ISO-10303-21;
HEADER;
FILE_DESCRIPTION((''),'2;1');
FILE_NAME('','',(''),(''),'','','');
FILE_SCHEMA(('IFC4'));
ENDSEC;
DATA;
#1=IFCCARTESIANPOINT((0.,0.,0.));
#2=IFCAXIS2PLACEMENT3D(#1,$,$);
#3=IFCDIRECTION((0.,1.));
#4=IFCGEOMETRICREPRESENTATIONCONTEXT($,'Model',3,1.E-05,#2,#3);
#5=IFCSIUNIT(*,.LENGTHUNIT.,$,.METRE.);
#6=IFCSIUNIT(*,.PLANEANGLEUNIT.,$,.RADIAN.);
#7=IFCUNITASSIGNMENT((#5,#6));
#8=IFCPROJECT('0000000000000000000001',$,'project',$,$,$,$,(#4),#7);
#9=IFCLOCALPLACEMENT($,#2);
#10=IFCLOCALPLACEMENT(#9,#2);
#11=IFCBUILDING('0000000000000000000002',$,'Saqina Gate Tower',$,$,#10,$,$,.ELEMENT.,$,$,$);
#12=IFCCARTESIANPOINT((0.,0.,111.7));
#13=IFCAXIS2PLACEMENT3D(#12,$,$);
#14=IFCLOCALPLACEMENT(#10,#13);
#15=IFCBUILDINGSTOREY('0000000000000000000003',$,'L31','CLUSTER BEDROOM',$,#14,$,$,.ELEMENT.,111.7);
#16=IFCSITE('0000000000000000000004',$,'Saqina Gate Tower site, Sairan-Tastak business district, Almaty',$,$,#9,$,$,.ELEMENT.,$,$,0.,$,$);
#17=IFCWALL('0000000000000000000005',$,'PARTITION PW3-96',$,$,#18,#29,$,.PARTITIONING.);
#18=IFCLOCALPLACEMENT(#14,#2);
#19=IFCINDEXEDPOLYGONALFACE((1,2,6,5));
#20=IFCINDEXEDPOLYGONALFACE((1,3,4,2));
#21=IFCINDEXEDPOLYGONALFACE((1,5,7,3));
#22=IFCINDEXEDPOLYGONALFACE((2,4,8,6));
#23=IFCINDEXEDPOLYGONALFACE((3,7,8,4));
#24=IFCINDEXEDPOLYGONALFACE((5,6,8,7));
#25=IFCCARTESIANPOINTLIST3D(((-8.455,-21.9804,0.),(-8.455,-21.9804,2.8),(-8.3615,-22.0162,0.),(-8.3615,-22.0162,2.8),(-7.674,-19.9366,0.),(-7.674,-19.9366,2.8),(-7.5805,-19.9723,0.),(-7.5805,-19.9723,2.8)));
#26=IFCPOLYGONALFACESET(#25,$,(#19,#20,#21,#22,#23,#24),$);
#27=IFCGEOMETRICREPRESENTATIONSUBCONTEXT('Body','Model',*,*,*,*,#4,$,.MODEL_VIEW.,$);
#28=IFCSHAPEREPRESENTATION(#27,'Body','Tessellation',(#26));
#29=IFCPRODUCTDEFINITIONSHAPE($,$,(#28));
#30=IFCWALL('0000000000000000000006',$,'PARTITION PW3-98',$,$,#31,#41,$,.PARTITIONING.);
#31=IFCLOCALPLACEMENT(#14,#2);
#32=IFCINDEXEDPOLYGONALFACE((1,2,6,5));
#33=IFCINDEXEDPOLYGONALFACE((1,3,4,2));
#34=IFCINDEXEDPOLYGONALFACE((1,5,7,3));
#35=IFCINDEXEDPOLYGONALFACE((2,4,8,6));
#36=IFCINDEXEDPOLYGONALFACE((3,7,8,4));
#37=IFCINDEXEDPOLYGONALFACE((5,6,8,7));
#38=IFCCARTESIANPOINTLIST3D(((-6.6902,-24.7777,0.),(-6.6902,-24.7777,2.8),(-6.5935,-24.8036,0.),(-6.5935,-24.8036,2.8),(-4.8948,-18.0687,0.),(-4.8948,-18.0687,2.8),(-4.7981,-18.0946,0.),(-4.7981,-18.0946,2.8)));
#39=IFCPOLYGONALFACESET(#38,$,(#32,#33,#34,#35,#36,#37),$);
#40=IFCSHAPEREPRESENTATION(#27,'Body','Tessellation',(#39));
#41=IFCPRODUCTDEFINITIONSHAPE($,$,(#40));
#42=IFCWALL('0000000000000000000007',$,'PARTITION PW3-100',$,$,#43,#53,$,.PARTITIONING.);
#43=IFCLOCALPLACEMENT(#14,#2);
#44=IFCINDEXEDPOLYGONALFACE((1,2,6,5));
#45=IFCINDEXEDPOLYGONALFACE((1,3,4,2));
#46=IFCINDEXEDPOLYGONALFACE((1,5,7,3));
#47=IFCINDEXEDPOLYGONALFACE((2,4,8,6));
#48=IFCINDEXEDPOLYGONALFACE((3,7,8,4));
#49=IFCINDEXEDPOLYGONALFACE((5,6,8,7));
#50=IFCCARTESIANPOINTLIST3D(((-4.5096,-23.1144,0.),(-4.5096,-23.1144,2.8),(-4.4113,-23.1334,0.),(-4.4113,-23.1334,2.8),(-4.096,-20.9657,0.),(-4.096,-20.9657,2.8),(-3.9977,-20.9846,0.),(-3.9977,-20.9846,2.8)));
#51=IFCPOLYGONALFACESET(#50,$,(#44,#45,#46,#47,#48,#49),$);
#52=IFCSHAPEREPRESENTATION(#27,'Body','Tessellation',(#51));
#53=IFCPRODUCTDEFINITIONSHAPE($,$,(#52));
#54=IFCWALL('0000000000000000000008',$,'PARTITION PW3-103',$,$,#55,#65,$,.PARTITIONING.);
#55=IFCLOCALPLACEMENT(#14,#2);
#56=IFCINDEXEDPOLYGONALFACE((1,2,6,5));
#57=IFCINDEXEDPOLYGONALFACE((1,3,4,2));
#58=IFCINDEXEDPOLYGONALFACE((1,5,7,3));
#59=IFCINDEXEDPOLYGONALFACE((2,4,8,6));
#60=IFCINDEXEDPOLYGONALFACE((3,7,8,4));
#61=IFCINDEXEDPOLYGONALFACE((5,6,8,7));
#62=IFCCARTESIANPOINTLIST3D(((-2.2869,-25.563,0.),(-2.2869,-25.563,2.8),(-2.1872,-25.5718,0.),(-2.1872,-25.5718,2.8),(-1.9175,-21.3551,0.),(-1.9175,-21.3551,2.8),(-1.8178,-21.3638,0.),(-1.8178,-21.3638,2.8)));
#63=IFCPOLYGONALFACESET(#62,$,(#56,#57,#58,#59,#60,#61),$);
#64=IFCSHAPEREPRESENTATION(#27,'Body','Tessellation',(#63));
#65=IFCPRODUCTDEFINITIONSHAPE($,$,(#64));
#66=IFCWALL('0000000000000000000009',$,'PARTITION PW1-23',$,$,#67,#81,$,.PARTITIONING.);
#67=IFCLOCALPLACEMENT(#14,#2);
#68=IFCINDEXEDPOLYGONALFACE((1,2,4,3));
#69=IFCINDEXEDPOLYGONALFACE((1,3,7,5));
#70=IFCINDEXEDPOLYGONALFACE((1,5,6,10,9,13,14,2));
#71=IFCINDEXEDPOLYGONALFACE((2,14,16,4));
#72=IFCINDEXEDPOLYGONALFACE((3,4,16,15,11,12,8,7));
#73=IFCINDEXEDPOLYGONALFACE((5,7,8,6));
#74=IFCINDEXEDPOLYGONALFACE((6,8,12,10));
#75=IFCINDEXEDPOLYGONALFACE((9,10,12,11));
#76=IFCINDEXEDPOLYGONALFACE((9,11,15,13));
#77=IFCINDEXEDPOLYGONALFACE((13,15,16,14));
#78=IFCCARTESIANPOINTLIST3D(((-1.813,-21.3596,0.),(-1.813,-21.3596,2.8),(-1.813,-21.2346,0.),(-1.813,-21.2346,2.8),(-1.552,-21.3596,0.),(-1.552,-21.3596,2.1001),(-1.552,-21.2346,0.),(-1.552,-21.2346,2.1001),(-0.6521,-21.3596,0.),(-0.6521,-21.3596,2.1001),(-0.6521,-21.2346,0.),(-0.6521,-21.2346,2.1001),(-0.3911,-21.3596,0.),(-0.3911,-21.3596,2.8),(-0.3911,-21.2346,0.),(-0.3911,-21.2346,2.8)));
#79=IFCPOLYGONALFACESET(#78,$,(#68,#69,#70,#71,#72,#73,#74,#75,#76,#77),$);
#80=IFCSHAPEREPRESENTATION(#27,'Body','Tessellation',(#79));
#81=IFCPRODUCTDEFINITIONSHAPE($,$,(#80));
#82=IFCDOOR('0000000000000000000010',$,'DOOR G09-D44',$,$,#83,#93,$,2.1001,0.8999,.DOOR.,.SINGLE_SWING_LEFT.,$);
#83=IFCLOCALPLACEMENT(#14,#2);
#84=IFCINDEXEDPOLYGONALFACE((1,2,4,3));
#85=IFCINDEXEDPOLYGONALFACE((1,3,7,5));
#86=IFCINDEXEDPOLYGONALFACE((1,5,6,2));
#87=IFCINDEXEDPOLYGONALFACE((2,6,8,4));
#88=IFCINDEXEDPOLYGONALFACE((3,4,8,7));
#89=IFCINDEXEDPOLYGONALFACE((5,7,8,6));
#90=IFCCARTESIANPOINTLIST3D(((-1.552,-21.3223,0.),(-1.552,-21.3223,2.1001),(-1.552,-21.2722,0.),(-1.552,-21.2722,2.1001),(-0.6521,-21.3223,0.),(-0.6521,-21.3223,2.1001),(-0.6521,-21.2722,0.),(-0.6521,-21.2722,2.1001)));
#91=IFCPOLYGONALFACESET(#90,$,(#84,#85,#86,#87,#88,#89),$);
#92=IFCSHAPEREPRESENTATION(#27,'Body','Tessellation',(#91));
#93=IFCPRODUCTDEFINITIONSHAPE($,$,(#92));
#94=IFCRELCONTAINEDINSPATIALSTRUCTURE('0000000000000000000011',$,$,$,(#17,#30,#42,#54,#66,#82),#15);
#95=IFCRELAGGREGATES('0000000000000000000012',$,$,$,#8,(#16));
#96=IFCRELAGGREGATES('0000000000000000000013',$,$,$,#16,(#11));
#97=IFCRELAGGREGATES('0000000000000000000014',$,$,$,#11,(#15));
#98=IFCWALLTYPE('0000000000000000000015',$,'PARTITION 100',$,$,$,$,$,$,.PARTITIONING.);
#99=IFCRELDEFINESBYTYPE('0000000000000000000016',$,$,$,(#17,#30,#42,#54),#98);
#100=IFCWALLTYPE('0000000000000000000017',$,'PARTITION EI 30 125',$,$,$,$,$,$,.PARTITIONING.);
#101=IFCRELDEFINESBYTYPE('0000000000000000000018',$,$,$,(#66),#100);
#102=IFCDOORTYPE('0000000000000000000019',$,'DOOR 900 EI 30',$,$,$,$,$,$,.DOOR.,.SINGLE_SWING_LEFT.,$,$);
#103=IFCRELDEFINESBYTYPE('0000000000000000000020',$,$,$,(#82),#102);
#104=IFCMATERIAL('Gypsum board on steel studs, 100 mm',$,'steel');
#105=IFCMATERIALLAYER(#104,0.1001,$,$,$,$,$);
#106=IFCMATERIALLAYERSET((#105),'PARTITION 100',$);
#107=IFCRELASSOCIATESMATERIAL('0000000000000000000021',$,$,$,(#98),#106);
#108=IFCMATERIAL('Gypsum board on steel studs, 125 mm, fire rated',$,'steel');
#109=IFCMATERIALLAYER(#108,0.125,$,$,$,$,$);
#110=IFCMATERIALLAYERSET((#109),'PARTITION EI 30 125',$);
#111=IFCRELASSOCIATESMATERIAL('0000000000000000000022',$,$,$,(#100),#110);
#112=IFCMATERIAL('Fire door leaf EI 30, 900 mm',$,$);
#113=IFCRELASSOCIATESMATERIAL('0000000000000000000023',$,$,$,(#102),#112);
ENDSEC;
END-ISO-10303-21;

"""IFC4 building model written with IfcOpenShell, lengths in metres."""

from ifc_helpers import new_model, si_unit, direction, frame, frame_2d, origin, place, context, subcontext, project, spatial, rectangle, extrude, material, layer, layer_set, type_object, element, fill, save


model = new_model("IFC4")

# Units and contexts
model_context = context("Model", 3, precision=1e-05, world=origin(), true_north=direction((0.0, 1.0)))
body_context = subcontext(model_context, "Body", "Model", "MODEL_VIEW")
ifc_project = project(units=[si_unit("LENGTHUNIT", "METRE"), si_unit("PLANEANGLEUNIT", "RADIAN")], contexts=[model_context])

# Site, building, storey
site_placement = place(None, origin())
site = spatial("IfcSite", under=ifc_project, at=site_placement, Name="Saqina Gate Tower site, Sairan-Tastak business district, Almaty", CompositionType="ELEMENT", RefElevation=0.0)
building_placement = place(site_placement, origin())
building = spatial("IfcBuilding", under=site, at=building_placement, Name="Saqina Gate Tower", CompositionType="ELEMENT")
storey_placement = place(building_placement, frame((0.0, 0.0, 111.7)))
storey = spatial("IfcBuildingStorey", under=building, at=storey_placement, Name="L31", Description="CLUSTER BEDROOM", CompositionType="ELEMENT", Elevation=111.7)

# Shared definitions
ifc_material_1 = material(Name="Gypsum board on steel studs, 100 mm", Category="steel")
ifc_layer_1 = layer(ifc_material_1, 0.1001)
ifc_layer_set_1 = layer_set([ifc_layer_1], Name="PARTITION 100")
wall_type_1 = type_object("IfcWallType", Name="PARTITION 100", PredefinedType="PARTITIONING", material=ifc_layer_set_1)

# Walls
wall_1_placement = place(storey_placement, frame((-8.4082, -21.9983, 0.0), z_axis=(0.0, 0.0, 1.0), x_axis=(0.356937, 0.934128, 0.0)))
element("IfcWall", 1, at=wall_1_placement, inside=storey, type_object=wall_type_1, Name="PARTITION PW3-96", PredefinedType="PARTITIONING", context=body_context, shape_type="SweptSolid", body=[
    extrude(rectangle(XDim=2.188, YDim=0.1001, at=frame_2d((1.094, 0.0))), origin(), (0.0, 0.0, 1.0), 2.8),
])
wall_2_placement = place(storey_placement, frame((-6.6418, -24.7908, 0.0), z_axis=(0.0, 0.0, 1.0), x_axis=(0.258516, 0.966007, 0.0)))
element("IfcWall", 2, at=wall_2_placement, inside=storey, type_object=wall_type_1, Name="PARTITION PW3-98", PredefinedType="PARTITIONING", context=body_context, shape_type="SweptSolid", body=[
    extrude(rectangle(XDim=6.9451, YDim=0.1001, at=frame_2d((3.4727, 0.0))), origin(), (0.0, 0.0, 1.0), 2.8),
])
wall_3_placement = place(storey_placement, frame((-4.4604, -23.124, 0.0), z_axis=(0.0, 0.0, 1.0), x_axis=(0.189009, 0.981975, 0.0)))
element("IfcWall", 3, at=wall_3_placement, inside=storey, type_object=wall_type_1, Name="PARTITION PW3-100", PredefinedType="PARTITIONING", context=body_context, shape_type="SweptSolid", body=[
    extrude(rectangle(XDim=2.1882, YDim=0.1001, at=frame_2d((1.0942, 0.0))), origin(), (0.0, 0.0, 1.0), 2.8),
])
wall_4_placement = place(storey_placement, frame((-2.2371, -25.5674, 0.0), z_axis=(0.0, 0.0, 1.0), x_axis=(0.087445, 0.996169, 0.0)))
element("IfcWall", 4, at=wall_4_placement, inside=storey, type_object=wall_type_1, Name="PARTITION PW3-103", PredefinedType="PARTITIONING", context=body_context, shape_type="SweptSolid", body=[
    extrude(rectangle(XDim=4.2241, YDim=0.1001, at=frame_2d((2.1121, 0.0))), origin(), (0.0, 0.0, 1.0), 2.8),
])

# Wall, opening, door
ifc_material_2 = material(Name="Gypsum board on steel studs, 125 mm, fire rated", Category="steel")
ifc_layer_2 = layer(ifc_material_2, 0.125)
ifc_layer_set_2 = layer_set([ifc_layer_2], Name="PARTITION EI 30 125")
wall_type_2 = type_object("IfcWallType", Name="PARTITION EI 30 125", PredefinedType="PARTITIONING", material=ifc_layer_set_2)
wall_5_placement = place(storey_placement, frame((-1.813, -21.2971, 0.0), z_axis=(0.0, 0.0, 1.0), x_axis=(1.0, 0.0, 0.0)))
wall_5 = element("IfcWall", 5, at=wall_5_placement, inside=storey, type_object=wall_type_2, Name="PARTITION PW1-23", PredefinedType="PARTITIONING", context=body_context, shape_type="SweptSolid", body=[
    extrude(rectangle(XDim=1.4219, YDim=0.125, at=frame_2d((0.7109, 0.0))), origin(), (0.0, 0.0, 1.0), 2.8),
])
opening_1_placement = place(wall_5_placement, frame((0.261, 0.0, 0.0)))
opening_1 = element("IfcOpeningElement", 6, at=opening_1_placement, cuts=wall_5, PredefinedType="OPENING", context=body_context, shape_type="SweptSolid", body=[
    extrude(rectangle(XDim=0.8999, YDim=2.1001, at=frame_2d((0.45, 1.05))), frame((0.0, 0.0745, 0.0), z_axis=(0.0, -1.0, 0.0), x_axis=(1.0, 0.0, 0.0)), (0.0, 0.0, 1.0), 0.1489),
])
ifc_material_3 = material(Name="Fire door leaf EI 30, 900 mm")
door_type_1 = type_object("IfcDoorType", Name="DOOR 900 EI 30", OperationType="SINGLE_SWING_LEFT", PredefinedType="DOOR", material=ifc_material_3)
door_1_placement = place(opening_1_placement, origin())
door_1 = element("IfcDoor", 7, at=door_1_placement, inside=storey, type_object=door_type_1, Name="DOOR G09-D44", OperationType="SINGLE_SWING_LEFT", OverallHeight=2.1001, OverallWidth=0.8999, PredefinedType="DOOR", context=body_context, shape_type="SweptSolid", body=[
    extrude(rectangle(XDim=0.8999, YDim=2.1001, at=frame_2d((0.45, 1.05))), frame((0.0, 0.0249, 0.0), z_axis=(0.0, -1.0, 0.0), x_axis=(1.0, 0.0, 0.0)), (0.0, 0.0, 1.0), 0.05),
])
fill(opening_1, door_1)

save(model, "model.ifc")
